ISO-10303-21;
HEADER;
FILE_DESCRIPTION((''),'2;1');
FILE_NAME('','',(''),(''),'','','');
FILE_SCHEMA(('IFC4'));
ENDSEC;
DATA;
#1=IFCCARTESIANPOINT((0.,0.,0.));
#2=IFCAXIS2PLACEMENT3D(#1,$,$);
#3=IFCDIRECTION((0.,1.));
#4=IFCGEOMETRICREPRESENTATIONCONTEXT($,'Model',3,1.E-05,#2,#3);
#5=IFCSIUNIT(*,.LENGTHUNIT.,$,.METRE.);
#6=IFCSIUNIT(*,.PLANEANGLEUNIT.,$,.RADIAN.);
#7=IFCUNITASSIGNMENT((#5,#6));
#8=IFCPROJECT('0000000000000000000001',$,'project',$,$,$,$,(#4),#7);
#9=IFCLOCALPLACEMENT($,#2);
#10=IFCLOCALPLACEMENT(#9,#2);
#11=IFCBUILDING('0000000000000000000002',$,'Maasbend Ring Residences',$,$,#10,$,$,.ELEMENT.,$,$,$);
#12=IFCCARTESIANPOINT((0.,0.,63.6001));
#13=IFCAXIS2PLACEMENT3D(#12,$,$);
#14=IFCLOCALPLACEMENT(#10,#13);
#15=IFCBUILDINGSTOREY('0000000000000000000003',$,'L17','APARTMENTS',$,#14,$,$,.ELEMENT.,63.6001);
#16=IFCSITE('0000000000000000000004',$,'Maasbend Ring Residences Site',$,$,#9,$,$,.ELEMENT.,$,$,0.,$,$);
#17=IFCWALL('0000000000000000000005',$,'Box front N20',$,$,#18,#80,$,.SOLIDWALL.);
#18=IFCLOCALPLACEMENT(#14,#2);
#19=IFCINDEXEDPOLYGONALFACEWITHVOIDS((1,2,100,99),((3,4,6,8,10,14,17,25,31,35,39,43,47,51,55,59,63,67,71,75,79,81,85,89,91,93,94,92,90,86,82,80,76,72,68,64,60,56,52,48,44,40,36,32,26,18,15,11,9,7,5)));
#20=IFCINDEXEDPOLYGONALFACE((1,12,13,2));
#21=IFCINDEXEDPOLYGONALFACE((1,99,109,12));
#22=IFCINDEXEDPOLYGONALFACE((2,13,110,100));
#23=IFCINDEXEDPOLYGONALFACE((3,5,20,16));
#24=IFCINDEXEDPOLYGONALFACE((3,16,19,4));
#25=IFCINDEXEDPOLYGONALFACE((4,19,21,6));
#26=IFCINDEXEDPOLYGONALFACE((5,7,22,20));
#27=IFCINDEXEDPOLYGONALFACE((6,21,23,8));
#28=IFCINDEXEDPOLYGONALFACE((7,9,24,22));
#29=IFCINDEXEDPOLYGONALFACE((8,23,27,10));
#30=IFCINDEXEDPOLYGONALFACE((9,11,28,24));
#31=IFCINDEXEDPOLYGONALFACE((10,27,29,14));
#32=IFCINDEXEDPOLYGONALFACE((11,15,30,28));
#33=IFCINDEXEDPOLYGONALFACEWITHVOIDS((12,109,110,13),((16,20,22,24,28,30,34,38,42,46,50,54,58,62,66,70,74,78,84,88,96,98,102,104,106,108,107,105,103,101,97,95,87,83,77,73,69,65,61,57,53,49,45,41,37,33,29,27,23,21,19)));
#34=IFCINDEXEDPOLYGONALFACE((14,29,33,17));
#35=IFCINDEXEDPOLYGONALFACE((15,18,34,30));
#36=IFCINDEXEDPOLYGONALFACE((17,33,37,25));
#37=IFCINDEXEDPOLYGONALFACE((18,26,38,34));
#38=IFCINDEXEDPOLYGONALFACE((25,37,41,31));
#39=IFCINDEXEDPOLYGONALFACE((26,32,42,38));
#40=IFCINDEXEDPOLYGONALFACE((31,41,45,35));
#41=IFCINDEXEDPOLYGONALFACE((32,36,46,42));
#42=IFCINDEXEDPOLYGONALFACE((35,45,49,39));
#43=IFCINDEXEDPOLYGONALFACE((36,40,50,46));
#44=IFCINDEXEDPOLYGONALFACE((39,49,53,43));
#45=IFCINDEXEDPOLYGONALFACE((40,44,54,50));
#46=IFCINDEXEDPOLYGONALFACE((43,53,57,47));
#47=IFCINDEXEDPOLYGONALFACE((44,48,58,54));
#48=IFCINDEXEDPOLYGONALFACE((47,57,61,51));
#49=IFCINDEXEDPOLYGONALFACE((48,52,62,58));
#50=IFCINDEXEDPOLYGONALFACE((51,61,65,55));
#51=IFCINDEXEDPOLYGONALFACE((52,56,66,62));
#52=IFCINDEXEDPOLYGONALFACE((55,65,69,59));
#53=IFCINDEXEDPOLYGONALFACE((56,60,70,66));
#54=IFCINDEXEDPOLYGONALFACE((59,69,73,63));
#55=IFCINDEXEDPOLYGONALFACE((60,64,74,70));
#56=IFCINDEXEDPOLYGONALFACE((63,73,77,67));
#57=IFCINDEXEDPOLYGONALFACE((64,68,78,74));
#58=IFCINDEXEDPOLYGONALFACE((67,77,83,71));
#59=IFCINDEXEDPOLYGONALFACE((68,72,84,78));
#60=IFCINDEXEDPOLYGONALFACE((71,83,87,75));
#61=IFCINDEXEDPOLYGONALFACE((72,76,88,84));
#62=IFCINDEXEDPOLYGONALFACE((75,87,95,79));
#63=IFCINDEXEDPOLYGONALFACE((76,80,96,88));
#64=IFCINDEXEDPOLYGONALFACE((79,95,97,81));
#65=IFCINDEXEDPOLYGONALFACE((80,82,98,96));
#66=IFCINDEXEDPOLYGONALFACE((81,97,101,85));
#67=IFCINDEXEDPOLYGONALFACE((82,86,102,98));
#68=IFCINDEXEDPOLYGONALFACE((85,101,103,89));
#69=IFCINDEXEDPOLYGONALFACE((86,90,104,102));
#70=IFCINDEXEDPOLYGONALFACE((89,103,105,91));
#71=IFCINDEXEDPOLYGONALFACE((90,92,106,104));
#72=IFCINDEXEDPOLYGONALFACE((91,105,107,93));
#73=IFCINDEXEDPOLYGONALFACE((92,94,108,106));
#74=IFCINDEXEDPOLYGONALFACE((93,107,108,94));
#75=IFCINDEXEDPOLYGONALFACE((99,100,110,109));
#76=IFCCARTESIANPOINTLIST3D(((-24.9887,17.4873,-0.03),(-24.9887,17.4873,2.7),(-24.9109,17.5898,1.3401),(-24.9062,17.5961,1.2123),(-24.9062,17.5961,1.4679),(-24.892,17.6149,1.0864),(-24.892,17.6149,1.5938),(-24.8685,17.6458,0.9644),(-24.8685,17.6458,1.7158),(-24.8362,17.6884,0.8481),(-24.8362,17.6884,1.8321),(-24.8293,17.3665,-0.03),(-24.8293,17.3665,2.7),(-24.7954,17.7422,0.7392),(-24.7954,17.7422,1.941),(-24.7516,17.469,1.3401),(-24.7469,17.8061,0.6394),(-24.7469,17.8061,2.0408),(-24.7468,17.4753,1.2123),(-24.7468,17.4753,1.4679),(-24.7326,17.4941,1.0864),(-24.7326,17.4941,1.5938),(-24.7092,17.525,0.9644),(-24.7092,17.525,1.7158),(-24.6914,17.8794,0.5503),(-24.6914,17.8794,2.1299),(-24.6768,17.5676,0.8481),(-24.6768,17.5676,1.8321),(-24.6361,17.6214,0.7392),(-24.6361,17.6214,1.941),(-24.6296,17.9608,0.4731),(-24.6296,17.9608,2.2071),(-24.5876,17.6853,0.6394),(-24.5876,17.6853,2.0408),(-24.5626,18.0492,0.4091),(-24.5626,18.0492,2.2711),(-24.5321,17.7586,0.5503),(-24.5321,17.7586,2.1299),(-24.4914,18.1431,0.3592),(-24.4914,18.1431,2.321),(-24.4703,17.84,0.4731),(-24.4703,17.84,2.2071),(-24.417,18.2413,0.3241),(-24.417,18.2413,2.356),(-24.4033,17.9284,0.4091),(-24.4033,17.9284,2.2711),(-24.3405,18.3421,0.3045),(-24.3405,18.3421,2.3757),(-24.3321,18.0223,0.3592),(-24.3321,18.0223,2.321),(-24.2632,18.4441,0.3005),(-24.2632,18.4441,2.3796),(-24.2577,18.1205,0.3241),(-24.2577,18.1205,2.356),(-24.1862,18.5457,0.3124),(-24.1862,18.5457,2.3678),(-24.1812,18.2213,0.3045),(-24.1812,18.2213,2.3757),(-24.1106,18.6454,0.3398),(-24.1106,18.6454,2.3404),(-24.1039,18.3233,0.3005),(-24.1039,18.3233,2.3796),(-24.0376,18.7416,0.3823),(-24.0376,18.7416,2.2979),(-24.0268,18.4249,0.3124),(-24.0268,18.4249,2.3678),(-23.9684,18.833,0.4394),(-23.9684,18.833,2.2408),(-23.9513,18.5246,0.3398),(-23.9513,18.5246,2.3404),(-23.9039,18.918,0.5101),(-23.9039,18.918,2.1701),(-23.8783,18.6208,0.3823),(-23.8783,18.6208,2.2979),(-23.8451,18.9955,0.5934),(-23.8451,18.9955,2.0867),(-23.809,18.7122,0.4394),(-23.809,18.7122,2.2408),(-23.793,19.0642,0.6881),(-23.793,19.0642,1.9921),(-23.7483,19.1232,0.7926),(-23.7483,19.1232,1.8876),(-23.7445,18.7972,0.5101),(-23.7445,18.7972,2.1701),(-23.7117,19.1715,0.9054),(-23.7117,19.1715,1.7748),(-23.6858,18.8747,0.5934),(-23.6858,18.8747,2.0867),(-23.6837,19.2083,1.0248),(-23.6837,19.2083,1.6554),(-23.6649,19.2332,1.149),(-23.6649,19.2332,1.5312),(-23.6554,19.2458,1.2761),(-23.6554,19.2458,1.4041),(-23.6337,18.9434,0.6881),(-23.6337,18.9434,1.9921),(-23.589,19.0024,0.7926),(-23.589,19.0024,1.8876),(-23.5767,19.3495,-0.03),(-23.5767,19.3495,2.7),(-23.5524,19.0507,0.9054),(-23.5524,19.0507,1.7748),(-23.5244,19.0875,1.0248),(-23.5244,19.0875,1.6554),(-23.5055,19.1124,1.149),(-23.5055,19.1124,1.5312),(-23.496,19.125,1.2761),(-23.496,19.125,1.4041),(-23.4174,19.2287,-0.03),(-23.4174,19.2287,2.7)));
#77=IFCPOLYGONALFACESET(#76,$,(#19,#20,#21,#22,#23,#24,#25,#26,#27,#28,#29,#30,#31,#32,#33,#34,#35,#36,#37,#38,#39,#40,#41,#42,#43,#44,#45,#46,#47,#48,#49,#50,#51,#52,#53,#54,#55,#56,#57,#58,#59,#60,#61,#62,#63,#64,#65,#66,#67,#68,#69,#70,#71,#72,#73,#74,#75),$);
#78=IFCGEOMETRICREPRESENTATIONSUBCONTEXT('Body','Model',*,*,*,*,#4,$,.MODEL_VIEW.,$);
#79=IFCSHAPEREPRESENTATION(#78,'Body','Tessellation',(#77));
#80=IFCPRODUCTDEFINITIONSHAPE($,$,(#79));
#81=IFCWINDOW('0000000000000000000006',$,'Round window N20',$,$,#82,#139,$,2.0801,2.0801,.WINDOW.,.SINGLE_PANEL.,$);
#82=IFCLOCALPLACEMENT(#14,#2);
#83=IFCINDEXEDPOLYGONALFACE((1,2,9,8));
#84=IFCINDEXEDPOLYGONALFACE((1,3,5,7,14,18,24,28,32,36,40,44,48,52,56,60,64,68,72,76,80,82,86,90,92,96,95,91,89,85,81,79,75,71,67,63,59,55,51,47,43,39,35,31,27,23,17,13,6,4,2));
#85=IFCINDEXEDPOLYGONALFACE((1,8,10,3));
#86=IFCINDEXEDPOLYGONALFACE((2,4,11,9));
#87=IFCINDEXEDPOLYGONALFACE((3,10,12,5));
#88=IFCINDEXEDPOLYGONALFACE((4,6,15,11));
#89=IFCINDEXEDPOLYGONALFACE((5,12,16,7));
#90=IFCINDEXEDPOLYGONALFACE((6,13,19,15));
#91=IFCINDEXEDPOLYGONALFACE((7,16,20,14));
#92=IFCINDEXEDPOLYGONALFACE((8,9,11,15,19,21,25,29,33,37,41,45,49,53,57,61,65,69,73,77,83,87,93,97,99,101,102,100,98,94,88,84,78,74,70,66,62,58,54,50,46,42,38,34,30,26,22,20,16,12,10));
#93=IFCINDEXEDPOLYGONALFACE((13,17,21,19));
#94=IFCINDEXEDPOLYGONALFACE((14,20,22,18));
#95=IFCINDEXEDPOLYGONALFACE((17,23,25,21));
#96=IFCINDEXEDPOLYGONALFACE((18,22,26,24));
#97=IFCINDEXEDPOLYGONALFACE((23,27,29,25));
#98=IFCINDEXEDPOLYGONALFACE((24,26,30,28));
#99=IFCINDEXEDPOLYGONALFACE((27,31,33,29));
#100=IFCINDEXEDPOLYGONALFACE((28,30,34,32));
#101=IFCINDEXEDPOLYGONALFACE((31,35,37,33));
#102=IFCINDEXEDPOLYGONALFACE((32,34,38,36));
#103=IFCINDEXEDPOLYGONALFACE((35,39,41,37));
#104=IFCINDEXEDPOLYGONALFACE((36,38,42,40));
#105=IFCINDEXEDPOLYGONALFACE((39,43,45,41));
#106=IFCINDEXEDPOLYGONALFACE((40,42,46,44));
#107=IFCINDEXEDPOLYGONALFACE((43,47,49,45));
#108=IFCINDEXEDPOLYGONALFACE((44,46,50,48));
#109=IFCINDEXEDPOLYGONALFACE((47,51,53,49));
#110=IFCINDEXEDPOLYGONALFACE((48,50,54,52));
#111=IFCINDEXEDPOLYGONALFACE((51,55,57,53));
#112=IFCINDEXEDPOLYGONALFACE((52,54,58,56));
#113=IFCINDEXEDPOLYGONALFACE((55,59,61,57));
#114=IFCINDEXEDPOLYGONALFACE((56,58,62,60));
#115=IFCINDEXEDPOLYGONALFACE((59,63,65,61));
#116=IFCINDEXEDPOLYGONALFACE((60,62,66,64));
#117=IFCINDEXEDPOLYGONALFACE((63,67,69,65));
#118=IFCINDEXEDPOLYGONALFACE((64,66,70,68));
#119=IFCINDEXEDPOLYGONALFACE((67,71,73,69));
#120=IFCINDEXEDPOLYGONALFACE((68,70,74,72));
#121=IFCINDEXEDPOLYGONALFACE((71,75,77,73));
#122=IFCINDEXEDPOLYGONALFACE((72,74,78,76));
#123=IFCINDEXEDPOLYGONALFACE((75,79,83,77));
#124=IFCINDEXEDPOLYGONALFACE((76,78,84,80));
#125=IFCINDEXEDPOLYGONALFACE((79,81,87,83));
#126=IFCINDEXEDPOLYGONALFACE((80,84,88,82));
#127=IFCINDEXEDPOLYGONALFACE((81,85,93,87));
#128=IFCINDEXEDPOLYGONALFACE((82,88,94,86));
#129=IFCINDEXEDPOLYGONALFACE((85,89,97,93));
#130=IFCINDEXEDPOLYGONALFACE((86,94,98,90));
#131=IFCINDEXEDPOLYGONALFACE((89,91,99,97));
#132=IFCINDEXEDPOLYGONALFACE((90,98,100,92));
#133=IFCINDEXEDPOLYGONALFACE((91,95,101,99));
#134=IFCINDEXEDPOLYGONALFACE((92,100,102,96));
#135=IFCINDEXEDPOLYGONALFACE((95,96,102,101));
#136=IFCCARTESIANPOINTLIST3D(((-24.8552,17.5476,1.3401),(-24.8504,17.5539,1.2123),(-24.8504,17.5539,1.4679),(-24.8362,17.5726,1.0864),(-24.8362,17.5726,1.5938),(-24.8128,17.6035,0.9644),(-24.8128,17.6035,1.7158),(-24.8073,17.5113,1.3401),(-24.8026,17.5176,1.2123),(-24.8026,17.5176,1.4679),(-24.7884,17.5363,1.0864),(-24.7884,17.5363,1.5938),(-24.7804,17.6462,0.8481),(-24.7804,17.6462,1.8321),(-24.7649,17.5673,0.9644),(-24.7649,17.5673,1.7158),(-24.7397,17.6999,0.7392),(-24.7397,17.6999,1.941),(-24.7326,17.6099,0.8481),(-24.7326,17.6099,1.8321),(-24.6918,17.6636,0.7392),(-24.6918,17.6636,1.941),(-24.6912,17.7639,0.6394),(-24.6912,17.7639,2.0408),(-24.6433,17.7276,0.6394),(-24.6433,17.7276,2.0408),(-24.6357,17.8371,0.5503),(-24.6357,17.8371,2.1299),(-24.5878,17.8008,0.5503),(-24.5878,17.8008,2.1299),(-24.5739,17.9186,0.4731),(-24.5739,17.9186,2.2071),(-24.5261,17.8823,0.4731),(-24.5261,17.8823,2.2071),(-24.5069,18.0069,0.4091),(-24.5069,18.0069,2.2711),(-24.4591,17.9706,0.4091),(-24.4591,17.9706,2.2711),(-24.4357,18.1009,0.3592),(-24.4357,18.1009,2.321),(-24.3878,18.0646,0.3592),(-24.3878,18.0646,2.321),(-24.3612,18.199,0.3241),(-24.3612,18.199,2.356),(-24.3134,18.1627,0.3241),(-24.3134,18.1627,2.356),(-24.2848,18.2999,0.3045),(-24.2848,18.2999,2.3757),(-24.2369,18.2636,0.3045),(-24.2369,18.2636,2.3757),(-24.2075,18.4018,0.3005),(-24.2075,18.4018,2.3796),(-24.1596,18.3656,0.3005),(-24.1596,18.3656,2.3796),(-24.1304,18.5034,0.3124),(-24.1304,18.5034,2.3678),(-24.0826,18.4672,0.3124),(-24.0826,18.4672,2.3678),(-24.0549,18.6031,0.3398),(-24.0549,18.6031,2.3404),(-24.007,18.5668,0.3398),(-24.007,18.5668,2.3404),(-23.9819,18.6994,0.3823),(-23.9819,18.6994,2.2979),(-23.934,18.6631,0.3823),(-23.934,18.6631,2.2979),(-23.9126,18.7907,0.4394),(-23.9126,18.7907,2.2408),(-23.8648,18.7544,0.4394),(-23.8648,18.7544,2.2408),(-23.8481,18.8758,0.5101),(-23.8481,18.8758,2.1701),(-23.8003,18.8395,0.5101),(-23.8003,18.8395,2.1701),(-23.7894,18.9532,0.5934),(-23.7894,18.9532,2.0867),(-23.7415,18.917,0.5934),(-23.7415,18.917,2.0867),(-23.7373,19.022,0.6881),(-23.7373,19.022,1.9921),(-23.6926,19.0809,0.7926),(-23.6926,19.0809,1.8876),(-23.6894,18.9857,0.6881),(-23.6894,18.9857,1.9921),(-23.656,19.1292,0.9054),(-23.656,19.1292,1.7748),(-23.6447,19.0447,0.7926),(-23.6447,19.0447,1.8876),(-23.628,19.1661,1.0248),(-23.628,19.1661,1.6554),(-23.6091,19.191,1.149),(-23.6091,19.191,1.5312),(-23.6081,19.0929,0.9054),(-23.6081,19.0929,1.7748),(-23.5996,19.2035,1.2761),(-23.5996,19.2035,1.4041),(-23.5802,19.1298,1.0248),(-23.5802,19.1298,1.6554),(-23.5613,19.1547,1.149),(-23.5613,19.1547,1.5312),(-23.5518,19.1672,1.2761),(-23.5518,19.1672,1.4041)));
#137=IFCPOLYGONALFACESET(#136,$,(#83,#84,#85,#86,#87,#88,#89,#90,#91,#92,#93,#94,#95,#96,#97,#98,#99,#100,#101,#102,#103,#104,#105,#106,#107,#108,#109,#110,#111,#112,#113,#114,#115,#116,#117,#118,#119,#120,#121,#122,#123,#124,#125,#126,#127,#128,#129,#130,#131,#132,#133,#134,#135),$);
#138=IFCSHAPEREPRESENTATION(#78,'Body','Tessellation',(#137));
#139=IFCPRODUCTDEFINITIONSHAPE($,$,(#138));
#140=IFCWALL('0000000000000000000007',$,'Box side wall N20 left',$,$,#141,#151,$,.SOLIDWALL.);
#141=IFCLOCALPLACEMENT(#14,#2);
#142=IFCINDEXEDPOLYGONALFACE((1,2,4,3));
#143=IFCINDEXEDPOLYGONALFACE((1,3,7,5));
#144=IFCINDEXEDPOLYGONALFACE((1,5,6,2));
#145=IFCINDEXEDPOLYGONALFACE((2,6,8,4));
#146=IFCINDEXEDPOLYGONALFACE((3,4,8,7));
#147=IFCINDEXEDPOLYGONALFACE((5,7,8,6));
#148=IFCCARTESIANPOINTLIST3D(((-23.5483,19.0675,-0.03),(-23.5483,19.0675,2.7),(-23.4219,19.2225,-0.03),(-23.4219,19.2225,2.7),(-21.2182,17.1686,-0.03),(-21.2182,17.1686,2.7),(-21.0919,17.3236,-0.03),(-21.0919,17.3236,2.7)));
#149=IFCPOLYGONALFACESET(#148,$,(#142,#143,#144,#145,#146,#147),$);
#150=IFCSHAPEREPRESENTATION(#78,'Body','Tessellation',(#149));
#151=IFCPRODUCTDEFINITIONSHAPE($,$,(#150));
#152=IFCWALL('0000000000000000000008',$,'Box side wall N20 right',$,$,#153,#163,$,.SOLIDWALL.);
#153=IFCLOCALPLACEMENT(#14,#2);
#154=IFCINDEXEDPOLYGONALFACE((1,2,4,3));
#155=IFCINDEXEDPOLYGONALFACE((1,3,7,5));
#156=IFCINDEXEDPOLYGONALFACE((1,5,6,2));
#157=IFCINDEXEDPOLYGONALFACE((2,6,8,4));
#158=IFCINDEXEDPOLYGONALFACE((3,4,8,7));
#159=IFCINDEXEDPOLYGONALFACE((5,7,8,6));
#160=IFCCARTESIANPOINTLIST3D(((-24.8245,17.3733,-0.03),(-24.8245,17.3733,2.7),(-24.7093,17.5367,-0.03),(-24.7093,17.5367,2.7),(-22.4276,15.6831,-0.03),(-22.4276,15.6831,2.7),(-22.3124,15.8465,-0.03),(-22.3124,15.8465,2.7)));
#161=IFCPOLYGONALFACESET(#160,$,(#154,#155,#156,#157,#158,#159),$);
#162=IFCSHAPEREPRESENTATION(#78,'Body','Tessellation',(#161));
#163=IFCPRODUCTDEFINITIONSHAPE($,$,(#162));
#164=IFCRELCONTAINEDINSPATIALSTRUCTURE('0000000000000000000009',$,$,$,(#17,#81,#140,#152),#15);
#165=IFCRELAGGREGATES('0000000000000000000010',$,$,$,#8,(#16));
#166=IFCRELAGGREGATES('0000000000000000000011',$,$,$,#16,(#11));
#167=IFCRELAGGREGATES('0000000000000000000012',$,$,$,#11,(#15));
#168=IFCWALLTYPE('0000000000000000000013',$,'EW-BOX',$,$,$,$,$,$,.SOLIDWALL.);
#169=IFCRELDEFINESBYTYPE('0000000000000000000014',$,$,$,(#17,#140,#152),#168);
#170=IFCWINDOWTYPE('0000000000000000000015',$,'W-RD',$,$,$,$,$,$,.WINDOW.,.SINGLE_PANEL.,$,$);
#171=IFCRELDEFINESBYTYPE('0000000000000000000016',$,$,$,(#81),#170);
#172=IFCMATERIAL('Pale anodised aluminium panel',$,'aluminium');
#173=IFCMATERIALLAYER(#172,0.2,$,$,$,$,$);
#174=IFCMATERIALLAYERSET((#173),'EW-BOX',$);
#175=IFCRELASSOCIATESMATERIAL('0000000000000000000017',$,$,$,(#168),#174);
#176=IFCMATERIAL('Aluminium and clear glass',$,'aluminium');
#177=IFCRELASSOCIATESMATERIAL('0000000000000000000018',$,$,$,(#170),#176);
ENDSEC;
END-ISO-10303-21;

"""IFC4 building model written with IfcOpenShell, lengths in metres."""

from ifc_helpers import new_model, si_unit, direction, frame, frame_2d, origin, place, context, subcontext, project, spatial, rectangle, circle, extrude, material, layer, layer_set, type_object, element, fill, save


model = new_model("IFC4")

# Units and contexts
model_context = context("Model", 3, precision=1e-05, world=origin(), true_north=direction((0.0, 1.0)))
body_context = subcontext(model_context, "Body", "Model", "MODEL_VIEW")
ifc_project = project(units=[si_unit("LENGTHUNIT", "METRE"), si_unit("PLANEANGLEUNIT", "RADIAN")], contexts=[model_context])

# Site, building, storey
site_placement = place(None, origin())
site = spatial("IfcSite", under=ifc_project, at=site_placement, Name="Maasbend Ring Residences Site", CompositionType="ELEMENT", RefElevation=0.0)
building_placement = place(site_placement, origin())
building = spatial("IfcBuilding", under=site, at=building_placement, Name="Maasbend Ring Residences", CompositionType="ELEMENT")
storey_placement = place(building_placement, frame((0.0, 0.0, 63.6001)))
storey = spatial("IfcBuildingStorey", under=building, at=storey_placement, Name="L17", Description="APARTMENTS", CompositionType="ELEMENT", Elevation=63.6001)

# Shared definitions
ifc_material_1 = material(Name="Pale anodised aluminium panel", Category="aluminium")
ifc_layer_1 = layer(ifc_material_1, 0.2)
ifc_layer_set_1 = layer_set([ifc_layer_1], Name="EW-BOX")
wall_type_1 = type_object("IfcWallType", Name="EW-BOX", PredefinedType="SOLIDWALL", material=ifc_layer_set_1)
ifc_material_2 = material(Name="Aluminium and clear glass", Category="aluminium")
window_type_1 = type_object("IfcWindowType", Name="W-RD", PartitioningType="SINGLE_PANEL", PredefinedType="WINDOW", material=ifc_material_2)

# Wall, opening, window
wall_1_placement = place(storey_placement, frame((-23.4971, 19.2891, -0.03), z_axis=(0.0, 0.0, 1.0), x_axis=(-0.604188, -0.796842, 0.0)))
wall_1 = element("IfcWall", 1, at=wall_1_placement, inside=storey, type_object=wall_type_1, Name="Box front N20", PredefinedType="SOLIDWALL", context=body_context, shape_type="SweptSolid", body=[
    extrude(rectangle(XDim=2.3369, YDim=0.2, at=frame_2d((1.1685, 0.0))), origin(), (0.0, 0.0, 1.0), 2.73),
])
opening_1_placement = place(wall_1_placement, frame((0.1282, 0.0, 0.3301)))
opening_1 = element("IfcOpeningElement", 2, at=opening_1_placement, cuts=wall_1, PredefinedType="OPENING", context=body_context, shape_type="SweptSolid", body=[
    extrude(circle(Radius=1.04, at=frame_2d((1.04, 1.04))), frame((0.0, 0.1099, 0.0), z_axis=(0.0, -1.0, 0.0), x_axis=(1.0, 0.0, 0.0)), (0.0, 0.0, 1.0), 0.22),
])
window_1_placement = place(opening_1_placement, origin())
window_1 = element("IfcWindow", 3, at=window_1_placement, inside=storey, type_object=window_type_1, Name="Round window N20", OverallHeight=2.0801, OverallWidth=2.0801, PartitioningType="SINGLE_PANEL", PredefinedType="WINDOW", context=body_context, shape_type="SweptSolid", body=[
    extrude(circle(Radius=1.04, at=frame_2d((1.04, 1.04))), frame((0.0, 0.03, 0.0), z_axis=(0.0, -1.0, 0.0), x_axis=(1.0, 0.0, 0.0)), (0.0, 0.0, 1.0), 0.0601),
])
fill(opening_1, window_1)

# Walls
wall_2_placement = place(storey_placement, frame((-21.155, 17.2461, -0.03), z_axis=(0.0, 0.0, 1.0), x_axis=(-0.775179, 0.631742, 0.0)))
element("IfcWall", 4, at=wall_2_placement, inside=storey, type_object=wall_type_1, Name="Box side wall N20 left", PredefinedType="SOLIDWALL", context=body_context, shape_type="SweptSolid", body=[
    extrude(rectangle(XDim=3.0059, YDim=0.2, at=frame_2d((1.5029, 0.0))), origin(), (0.0, 0.0, 1.0), 2.73),
])
wall_3_placement = place(storey_placement, frame((-22.3701, 15.7649, -0.03), z_axis=(0.0, 0.0, 1.0), x_axis=(-0.817256, 0.576275, 0.0)))
element("IfcWall", 5, at=wall_3_placement, inside=storey, type_object=wall_type_1, Name="Box side wall N20 right", PredefinedType="SOLIDWALL", context=body_context, shape_type="SweptSolid", body=[
    extrude(rectangle(XDim=2.9329, YDim=0.2, at=frame_2d((1.4663, 0.0))), origin(), (0.0, 0.0, 1.0), 2.73),
])

save(model, "model.ifc")
